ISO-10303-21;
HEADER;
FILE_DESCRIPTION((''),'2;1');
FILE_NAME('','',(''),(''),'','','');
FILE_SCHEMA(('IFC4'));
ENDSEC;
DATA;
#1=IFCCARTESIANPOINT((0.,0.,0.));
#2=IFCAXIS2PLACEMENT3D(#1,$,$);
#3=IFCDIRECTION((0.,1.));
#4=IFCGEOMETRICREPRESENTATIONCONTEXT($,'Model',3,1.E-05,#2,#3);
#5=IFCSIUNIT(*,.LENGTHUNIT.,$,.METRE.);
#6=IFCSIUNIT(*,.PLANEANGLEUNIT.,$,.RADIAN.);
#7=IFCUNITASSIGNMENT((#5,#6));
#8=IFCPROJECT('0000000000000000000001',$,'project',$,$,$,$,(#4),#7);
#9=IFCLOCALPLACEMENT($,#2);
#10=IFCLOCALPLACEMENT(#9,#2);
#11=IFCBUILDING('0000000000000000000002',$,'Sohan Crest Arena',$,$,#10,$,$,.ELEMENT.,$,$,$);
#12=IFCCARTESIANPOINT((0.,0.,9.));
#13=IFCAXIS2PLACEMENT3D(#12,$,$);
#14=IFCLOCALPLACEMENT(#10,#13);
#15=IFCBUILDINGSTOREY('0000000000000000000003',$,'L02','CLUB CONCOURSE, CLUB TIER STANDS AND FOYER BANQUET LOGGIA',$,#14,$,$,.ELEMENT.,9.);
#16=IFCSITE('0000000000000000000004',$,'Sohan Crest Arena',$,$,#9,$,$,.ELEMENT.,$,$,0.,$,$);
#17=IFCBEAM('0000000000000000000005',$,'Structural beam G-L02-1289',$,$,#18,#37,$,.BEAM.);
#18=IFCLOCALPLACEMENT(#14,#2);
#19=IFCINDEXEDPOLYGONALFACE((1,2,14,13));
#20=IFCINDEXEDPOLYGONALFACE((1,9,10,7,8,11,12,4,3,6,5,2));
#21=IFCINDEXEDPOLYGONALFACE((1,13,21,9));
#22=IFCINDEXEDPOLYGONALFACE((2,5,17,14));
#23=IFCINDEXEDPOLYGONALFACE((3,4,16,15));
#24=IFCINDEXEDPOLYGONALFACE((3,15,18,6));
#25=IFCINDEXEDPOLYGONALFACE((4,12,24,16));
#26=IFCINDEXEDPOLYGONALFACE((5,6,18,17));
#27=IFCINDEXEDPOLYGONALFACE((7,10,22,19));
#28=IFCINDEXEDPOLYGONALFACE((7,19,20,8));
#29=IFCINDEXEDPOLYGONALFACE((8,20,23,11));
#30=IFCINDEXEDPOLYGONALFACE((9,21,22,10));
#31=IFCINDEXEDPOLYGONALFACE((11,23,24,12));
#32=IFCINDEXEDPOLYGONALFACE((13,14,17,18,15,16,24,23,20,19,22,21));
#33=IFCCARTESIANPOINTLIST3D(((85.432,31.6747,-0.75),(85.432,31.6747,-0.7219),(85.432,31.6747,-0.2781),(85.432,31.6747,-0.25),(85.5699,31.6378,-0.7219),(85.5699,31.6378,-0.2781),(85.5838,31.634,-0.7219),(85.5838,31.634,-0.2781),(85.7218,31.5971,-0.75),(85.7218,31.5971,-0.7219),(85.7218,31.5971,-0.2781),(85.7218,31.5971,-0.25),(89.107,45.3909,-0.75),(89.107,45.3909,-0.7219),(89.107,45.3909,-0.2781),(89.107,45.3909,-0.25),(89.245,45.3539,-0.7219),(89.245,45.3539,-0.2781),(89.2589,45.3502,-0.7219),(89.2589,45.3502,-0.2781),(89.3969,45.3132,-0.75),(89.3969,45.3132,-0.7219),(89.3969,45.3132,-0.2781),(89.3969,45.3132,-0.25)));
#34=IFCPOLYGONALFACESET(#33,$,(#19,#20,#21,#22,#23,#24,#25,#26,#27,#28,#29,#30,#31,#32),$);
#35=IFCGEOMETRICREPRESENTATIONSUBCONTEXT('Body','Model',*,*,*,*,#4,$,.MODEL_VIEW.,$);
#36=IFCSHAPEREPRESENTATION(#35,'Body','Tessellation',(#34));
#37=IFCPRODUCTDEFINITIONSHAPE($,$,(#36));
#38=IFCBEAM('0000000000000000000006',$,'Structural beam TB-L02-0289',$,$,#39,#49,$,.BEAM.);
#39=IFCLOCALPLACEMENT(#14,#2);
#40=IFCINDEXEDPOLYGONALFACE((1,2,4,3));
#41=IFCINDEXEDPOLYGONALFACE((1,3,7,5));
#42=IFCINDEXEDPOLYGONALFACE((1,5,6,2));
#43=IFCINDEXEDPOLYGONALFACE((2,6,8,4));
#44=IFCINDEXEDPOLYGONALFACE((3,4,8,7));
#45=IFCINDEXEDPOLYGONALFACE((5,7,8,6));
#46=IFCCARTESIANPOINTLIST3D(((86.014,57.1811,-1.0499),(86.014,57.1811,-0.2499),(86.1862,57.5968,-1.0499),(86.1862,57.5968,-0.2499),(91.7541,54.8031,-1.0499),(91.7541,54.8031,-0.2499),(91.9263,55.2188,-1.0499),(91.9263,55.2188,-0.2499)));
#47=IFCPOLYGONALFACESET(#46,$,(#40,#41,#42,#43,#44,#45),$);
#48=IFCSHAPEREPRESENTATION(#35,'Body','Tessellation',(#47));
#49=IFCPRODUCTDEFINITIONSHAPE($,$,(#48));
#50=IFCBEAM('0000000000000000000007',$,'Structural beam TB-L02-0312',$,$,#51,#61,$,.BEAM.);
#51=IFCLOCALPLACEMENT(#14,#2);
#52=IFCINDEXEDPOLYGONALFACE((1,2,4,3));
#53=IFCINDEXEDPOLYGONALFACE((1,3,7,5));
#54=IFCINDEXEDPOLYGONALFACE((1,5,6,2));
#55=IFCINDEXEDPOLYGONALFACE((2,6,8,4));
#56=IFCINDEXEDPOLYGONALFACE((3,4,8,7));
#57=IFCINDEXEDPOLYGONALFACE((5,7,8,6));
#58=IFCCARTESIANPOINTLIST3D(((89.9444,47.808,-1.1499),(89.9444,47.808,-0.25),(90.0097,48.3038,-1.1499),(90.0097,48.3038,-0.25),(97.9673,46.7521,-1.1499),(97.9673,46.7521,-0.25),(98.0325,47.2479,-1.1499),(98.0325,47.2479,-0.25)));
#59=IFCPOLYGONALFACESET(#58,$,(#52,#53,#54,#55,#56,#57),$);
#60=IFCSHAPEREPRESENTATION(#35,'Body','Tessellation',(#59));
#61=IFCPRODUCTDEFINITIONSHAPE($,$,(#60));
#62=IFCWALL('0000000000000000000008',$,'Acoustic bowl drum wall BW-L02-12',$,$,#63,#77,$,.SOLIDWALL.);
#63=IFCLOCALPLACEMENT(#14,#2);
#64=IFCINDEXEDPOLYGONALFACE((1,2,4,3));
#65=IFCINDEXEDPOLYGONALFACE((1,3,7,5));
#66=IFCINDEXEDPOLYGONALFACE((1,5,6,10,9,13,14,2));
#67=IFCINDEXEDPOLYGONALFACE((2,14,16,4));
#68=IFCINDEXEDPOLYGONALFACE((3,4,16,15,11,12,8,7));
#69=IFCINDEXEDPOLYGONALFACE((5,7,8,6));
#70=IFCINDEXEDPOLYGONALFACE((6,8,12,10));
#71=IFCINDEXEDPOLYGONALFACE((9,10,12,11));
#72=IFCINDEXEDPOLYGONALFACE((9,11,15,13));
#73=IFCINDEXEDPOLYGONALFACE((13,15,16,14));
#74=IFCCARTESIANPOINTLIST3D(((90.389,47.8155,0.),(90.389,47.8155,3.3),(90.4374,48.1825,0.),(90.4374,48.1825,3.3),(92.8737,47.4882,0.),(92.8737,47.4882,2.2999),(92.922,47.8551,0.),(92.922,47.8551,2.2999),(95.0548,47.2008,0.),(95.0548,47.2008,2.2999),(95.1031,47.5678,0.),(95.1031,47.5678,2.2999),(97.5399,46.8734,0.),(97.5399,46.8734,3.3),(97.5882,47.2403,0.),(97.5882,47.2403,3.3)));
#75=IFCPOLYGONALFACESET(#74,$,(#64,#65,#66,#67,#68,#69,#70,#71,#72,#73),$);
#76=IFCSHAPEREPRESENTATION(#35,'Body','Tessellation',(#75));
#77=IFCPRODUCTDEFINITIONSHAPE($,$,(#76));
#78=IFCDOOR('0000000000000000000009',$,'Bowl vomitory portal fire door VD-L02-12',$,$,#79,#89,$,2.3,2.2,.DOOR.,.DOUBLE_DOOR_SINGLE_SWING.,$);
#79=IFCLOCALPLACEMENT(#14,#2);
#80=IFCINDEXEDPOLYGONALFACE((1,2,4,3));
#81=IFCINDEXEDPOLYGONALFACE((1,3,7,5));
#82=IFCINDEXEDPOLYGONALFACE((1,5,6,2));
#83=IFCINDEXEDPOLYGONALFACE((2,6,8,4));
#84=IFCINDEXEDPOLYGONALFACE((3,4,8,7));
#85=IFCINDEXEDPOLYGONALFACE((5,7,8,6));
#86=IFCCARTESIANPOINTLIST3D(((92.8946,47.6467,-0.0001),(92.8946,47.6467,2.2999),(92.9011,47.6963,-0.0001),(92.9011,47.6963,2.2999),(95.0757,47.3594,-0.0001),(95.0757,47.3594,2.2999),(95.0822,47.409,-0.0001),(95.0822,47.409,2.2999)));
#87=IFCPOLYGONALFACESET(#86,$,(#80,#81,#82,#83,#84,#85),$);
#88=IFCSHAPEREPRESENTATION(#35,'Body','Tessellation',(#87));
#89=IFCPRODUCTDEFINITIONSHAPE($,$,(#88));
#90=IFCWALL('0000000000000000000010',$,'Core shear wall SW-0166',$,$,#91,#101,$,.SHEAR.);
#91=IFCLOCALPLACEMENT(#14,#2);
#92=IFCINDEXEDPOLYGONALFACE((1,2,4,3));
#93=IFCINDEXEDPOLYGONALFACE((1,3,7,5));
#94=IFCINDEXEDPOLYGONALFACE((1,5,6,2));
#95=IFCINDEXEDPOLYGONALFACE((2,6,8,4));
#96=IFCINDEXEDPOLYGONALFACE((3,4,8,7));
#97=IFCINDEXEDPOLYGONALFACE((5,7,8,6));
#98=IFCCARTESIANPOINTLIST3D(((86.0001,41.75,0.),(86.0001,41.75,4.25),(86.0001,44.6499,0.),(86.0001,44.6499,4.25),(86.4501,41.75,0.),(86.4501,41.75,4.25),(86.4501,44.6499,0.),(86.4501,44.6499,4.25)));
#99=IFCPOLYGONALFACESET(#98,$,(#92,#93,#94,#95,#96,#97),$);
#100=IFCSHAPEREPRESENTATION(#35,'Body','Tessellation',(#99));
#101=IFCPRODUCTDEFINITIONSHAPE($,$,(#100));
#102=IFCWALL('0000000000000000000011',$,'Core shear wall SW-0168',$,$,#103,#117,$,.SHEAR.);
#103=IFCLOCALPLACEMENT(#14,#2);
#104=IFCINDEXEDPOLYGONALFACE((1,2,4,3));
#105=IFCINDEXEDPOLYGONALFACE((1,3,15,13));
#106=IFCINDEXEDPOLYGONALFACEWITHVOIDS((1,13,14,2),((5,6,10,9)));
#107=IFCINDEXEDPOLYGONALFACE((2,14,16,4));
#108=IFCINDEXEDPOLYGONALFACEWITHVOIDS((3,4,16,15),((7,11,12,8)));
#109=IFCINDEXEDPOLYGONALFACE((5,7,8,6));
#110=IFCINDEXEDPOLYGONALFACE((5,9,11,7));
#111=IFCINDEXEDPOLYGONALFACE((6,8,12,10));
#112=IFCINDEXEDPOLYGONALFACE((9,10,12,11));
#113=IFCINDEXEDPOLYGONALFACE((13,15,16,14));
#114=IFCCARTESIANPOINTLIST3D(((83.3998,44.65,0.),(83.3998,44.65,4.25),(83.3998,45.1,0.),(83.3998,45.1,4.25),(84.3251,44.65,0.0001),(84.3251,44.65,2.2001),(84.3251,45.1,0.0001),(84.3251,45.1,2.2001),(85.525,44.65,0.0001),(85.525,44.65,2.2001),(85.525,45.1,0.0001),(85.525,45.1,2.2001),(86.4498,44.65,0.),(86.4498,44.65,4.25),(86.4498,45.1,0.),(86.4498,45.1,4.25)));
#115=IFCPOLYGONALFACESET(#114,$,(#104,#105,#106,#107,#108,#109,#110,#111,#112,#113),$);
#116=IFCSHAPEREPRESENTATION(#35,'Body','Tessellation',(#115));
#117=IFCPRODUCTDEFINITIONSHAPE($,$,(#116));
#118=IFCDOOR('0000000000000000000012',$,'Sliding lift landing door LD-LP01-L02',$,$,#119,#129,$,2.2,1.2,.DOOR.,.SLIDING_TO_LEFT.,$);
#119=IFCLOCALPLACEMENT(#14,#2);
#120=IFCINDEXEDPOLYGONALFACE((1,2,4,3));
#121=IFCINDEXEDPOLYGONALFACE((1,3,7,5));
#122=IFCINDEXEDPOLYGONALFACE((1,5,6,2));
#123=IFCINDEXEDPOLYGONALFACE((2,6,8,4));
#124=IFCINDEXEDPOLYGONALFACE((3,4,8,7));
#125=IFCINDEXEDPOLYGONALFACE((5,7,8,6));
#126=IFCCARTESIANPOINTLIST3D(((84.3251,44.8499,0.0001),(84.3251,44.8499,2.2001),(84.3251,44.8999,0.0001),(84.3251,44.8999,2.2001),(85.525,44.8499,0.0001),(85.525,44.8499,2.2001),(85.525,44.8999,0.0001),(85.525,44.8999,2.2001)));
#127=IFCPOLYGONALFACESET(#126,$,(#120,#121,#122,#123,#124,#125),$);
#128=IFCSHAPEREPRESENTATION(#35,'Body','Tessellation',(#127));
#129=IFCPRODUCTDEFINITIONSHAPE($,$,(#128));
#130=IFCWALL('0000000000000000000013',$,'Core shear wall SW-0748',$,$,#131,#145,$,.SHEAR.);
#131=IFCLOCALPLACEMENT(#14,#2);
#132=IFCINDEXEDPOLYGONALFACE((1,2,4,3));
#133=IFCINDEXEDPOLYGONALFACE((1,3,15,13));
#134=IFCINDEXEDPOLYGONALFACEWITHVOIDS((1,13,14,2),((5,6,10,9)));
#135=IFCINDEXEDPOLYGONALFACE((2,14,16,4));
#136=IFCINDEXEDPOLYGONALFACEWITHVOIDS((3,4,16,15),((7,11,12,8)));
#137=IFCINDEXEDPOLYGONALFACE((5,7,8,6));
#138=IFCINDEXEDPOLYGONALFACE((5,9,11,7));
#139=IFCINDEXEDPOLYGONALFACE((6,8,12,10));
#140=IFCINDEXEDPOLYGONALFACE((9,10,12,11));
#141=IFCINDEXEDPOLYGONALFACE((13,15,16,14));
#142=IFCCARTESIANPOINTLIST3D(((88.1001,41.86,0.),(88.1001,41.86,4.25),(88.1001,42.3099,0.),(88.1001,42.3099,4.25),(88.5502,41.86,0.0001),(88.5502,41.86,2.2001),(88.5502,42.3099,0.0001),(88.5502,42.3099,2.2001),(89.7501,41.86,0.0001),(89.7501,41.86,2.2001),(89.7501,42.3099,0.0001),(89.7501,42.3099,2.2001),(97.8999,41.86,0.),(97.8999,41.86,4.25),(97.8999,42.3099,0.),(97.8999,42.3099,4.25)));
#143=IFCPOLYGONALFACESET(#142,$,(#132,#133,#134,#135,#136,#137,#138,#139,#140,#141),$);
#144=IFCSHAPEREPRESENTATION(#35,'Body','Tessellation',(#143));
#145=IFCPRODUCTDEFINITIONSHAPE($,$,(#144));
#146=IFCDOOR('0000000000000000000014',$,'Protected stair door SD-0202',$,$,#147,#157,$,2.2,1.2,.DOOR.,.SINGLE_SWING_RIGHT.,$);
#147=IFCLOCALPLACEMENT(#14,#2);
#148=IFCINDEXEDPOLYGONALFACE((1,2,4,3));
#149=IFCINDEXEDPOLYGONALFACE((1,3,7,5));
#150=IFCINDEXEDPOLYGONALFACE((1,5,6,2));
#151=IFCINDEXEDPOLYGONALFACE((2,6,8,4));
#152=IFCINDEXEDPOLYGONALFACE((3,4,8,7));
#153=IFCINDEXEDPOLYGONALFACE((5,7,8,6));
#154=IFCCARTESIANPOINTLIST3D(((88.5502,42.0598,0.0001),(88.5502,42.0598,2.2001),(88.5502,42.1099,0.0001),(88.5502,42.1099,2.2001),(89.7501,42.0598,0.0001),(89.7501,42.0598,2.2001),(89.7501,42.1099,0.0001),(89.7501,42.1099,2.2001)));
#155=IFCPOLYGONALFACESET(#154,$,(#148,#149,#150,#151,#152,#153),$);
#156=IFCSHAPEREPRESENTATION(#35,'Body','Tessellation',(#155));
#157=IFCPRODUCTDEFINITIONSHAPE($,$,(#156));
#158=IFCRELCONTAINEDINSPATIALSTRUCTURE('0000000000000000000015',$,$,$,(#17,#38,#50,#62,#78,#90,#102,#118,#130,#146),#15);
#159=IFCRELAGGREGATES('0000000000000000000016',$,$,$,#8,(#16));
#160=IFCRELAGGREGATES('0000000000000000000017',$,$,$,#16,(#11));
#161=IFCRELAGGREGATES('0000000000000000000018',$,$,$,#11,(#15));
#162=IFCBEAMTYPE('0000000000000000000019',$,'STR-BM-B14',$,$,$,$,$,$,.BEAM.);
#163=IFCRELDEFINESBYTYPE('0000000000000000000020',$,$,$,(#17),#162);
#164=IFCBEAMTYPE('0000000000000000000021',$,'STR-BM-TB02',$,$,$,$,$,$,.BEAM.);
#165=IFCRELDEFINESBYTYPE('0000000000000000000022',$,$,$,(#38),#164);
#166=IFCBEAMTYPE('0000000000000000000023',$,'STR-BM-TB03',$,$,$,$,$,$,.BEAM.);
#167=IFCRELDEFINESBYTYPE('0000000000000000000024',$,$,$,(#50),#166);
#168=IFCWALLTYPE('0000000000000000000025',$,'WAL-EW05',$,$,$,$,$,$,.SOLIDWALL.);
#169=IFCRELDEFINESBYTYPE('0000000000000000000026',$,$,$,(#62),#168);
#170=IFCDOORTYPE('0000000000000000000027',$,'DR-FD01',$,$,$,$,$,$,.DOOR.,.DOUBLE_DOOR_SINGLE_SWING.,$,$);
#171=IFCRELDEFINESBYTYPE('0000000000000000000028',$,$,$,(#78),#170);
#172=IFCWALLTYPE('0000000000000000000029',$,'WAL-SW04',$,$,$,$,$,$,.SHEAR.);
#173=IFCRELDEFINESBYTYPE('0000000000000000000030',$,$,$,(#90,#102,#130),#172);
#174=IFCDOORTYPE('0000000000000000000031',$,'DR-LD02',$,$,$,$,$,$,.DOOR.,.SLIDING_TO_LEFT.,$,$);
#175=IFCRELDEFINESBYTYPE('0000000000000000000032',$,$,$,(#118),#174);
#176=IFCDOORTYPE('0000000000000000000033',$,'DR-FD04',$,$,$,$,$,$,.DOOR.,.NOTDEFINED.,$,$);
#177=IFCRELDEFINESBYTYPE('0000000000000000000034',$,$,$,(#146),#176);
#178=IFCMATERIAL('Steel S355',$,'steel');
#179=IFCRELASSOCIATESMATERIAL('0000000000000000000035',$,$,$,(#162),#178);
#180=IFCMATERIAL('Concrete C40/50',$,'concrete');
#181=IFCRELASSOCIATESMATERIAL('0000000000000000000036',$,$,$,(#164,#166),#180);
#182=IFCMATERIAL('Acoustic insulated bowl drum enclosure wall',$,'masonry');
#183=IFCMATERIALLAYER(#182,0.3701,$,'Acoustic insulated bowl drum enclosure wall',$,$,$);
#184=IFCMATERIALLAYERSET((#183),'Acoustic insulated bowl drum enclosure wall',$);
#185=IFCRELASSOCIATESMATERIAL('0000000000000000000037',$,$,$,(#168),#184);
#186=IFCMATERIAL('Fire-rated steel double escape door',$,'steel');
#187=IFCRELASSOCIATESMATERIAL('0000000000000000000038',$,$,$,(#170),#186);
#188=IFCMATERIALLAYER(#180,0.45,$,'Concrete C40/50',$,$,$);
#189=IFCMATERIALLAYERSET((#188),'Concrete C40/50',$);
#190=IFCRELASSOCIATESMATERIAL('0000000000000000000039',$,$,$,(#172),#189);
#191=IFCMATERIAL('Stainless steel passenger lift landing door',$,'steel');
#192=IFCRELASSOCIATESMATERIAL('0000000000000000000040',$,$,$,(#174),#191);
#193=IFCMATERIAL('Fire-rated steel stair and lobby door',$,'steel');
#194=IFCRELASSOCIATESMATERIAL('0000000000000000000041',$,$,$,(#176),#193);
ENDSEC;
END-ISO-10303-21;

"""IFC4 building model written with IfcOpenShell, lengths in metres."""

from ifc_helpers import new_model, si_unit, direction, frame, frame_2d, origin, origin_2d, place, context, subcontext, project, spatial, rectangle, i_section, extrude, material, layer, layer_set, material_profile, profile_set, type_object, element, fill, save


model = new_model("IFC4")

# Units and contexts
model_context = context("Model", 3, precision=1e-05, world=origin(), true_north=direction((0.0, 1.0)))
body_context = subcontext(model_context, "Body", "Model", "MODEL_VIEW")
ifc_project = project(units=[si_unit("LENGTHUNIT", "METRE"), si_unit("PLANEANGLEUNIT", "RADIAN")], contexts=[model_context])

# Site, building, storey
site_placement = place(None, origin())
site = spatial("IfcSite", under=ifc_project, at=site_placement, Name="Sohan Crest Arena", CompositionType="ELEMENT", RefElevation=0.0)
building_placement = place(site_placement, origin())
building = spatial("IfcBuilding", under=site, at=building_placement, Name="Sohan Crest Arena", CompositionType="ELEMENT")
storey_placement = place(building_placement, frame((0.0, 0.0, 9.0)))
storey = spatial("IfcBuildingStorey", under=building, at=storey_placement, Name="L02", Description="CLUB CONCOURSE, CLUB TIER STANDS AND FOYER BANQUET LOGGIA", CompositionType="ELEMENT", Elevation=9.0)

# Shared definitions
ifc_material_1 = material(Name="Concrete C40/50", Category="concrete")
ifc_material_2 = material(Name="Steel S355", Category="steel")

# Beams
ifc_material_profile_1 = material_profile(ifc_material_2, i_section(OverallWidth=0.3, OverallDepth=0.5, WebThickness=0.0144, FlangeThickness=0.0281, at=origin_2d()), Name="HEB 500")
ifc_profile_set_1 = profile_set([ifc_material_profile_1], Name="Steel S355")
beam_type_1 = type_object("IfcBeamType", Name="STR-BM-B14", PredefinedType="BEAM", material=ifc_profile_set_1)
beam_1_placement = place(storey_placement, frame((89.252, 45.3521, -0.5), z_axis=(-0.258809, -0.965929, 0.0), x_axis=(0.965929, -0.258809, 0.0)))
element("IfcBeam", 1, at=beam_1_placement, inside=storey, type_object=beam_type_1, Name="Structural beam G-L02-1289", PredefinedType="BEAM", context=body_context, shape_type="SweptSolid", body=[
    extrude(i_section(OverallWidth=0.3, OverallDepth=0.5, WebThickness=0.0144, FlangeThickness=0.0281, at=origin_2d()), origin(), (0.0, 0.0, 1.0), 14.2),
])
ifc_material_profile_2 = material_profile(ifc_material_1, rectangle(XDim=0.45, YDim=0.8, at=origin_2d()), Name="RC-BM 450x800")
ifc_profile_set_2 = profile_set([ifc_material_profile_2], Name="Concrete C40/50")
beam_type_2 = type_object("IfcBeamType", Name="STR-BM-TB02", PredefinedType="BEAM", material=ifc_profile_set_2)
beam_2_placement = place(storey_placement, frame((86.1001, 57.3889, -0.6499), z_axis=(0.92386, -0.382731, 0.0), x_axis=(0.382731, 0.92386, 0.0)))
element("IfcBeam", 2, at=beam_2_placement, inside=storey, type_object=beam_type_2, Name="Structural beam TB-L02-0289", PredefinedType="BEAM", context=body_context, shape_type="SweptSolid", body=[
    extrude(rectangle(XDim=0.45, YDim=0.8, at=origin_2d()), origin(), (0.0, 0.0, 1.0), 6.2131),
])
ifc_material_profile_3 = material_profile(ifc_material_1, rectangle(XDim=0.5, YDim=0.8999, at=origin_2d()), Name="RC-BM 500x900")
ifc_profile_set_3 = profile_set([ifc_material_profile_3], Name="Concrete C40/50")
beam_type_3 = type_object("IfcBeamType", Name="STR-BM-TB03", PredefinedType="BEAM", material=ifc_profile_set_3)
beam_3_placement = place(storey_placement, frame((89.9771, 48.0559, -0.7), z_axis=(0.99145, -0.130486, 0.0), x_axis=(0.130486, 0.99145, 0.0)))
element("IfcBeam", 3, at=beam_3_placement, inside=storey, type_object=beam_type_3, Name="Structural beam TB-L02-0312", PredefinedType="BEAM", context=body_context, shape_type="SweptSolid", body=[
    extrude(rectangle(XDim=0.5, YDim=0.8999, at=origin_2d()), origin(), (0.0, 0.0, 1.0), 8.092),
])

# Wall, opening, door
ifc_material_3 = material(Name="Acoustic insulated bowl drum enclosure wall", Category="masonry")
ifc_layer_1 = layer(ifc_material_3, 0.3701, Name="Acoustic insulated bowl drum enclosure wall")
ifc_layer_set_1 = layer_set([ifc_layer_1], Name="Acoustic insulated bowl drum enclosure wall")
wall_type_1 = type_object("IfcWallType", Name="WAL-EW05", PredefinedType="SOLIDWALL", material=ifc_layer_set_1)
wall_1_placement = place(storey_placement, frame((90.4131, 47.999, 0.0), z_axis=(0.0, 0.0, 1.0), x_axis=(0.991432, -0.130623, 0.0)))
wall_1 = element("IfcWall", 4, at=wall_1_placement, inside=storey, type_object=wall_type_1, Name="Acoustic bowl drum wall BW-L02-12", PredefinedType="SOLIDWALL", context=body_context, shape_type="SweptSolid", body=[
    extrude(rectangle(XDim=7.2126, YDim=0.3701, at=frame_2d((3.6064, 0.0))), origin(), (0.0, 0.0, 1.0), 3.3),
])
opening_1_placement = place(wall_1_placement, frame((2.5061, 0.0, 0.0)))
opening_1 = element("IfcOpeningElement", 5, at=opening_1_placement, cuts=wall_1, PredefinedType="OPENING", context=body_context, shape_type="SweptSolid", body=[
    extrude(rectangle(XDim=2.2, YDim=2.3, at=frame_2d((1.1001, 1.1499))), frame((0.0, 0.1951, 0.0), z_axis=(0.0, -1.0, 0.0), x_axis=(1.0, 0.0, 0.0)), (0.0, 0.0, 1.0), 0.3901),
])
ifc_material_4 = material(Name="Fire-rated steel double escape door", Category="steel")
door_type_1 = type_object("IfcDoorType", Name="DR-FD01", OperationType="DOUBLE_DOOR_SINGLE_SWING", PredefinedType="DOOR", material=ifc_material_4)
door_1_placement = place(opening_1_placement, origin())
door_1 = element("IfcDoor", 6, at=door_1_placement, inside=storey, type_object=door_type_1, Name="Bowl vomitory portal fire door VD-L02-12", OperationType="DOUBLE_DOOR_SINGLE_SWING", OverallHeight=2.3, OverallWidth=2.2, PredefinedType="DOOR", context=body_context, shape_type="SweptSolid", body=[
    extrude(rectangle(XDim=2.2, YDim=2.3, at=frame_2d((1.1001, 1.1499))), frame((0.0, 0.0249, 0.0), z_axis=(0.0, -1.0, 0.0), x_axis=(1.0, 0.0, 0.0)), (0.0, 0.0, 1.0), 0.05),
])
fill(opening_1, door_1)

# Wall
ifc_layer_2 = layer(ifc_material_1, 0.45, Name="Concrete C40/50")
ifc_layer_set_2 = layer_set([ifc_layer_2], Name="Concrete C40/50")
wall_type_2 = type_object("IfcWallType", Name="WAL-SW04", PredefinedType="SHEAR", material=ifc_layer_set_2)
wall_2_placement = place(storey_placement, frame((86.2251, 41.75, 0.0), z_axis=(0.0, 0.0, 1.0), x_axis=(0.0, 1.0, 0.0)))
element("IfcWall", 7, at=wall_2_placement, inside=storey, type_object=wall_type_2, Name="Core shear wall SW-0166", PredefinedType="SHEAR", context=body_context, shape_type="SweptSolid", body=[
    extrude(rectangle(XDim=2.8999, YDim=0.45, at=frame_2d((1.45, 0.0))), origin(), (0.0, 0.0, 1.0), 4.25),
])

# Walls, openings, doors
wall_3_placement = place(storey_placement, frame((83.3999, 44.875, 0.0), z_axis=(0.0, 0.0, 1.0), x_axis=(1.0, 0.0, 0.0)))
wall_3 = element("IfcWall", 8, at=wall_3_placement, inside=storey, type_object=wall_type_2, Name="Core shear wall SW-0168", PredefinedType="SHEAR", context=body_context, shape_type="SweptSolid", body=[
    extrude(rectangle(XDim=3.05, YDim=0.45, at=frame_2d((1.5249, 0.0))), origin(), (0.0, 0.0, 1.0), 4.25),
])
opening_2_placement = place(wall_3_placement, frame((0.925, 0.0, 0.0)))
opening_2 = element("IfcOpeningElement", 9, at=opening_2_placement, cuts=wall_3, PredefinedType="OPENING", context=body_context, shape_type="SweptSolid", body=[
    extrude(rectangle(XDim=1.2, YDim=2.2, at=frame_2d((0.6001, 1.1001))), frame((0.0, 0.2349, 0.0), z_axis=(0.0, -1.0, 0.0), x_axis=(1.0, 0.0, 0.0)), (0.0, 0.0, 1.0), 0.47),
])
ifc_material_5 = material(Name="Stainless steel passenger lift landing door", Category="steel")
door_type_2 = type_object("IfcDoorType", Name="DR-LD02", OperationType="SLIDING_TO_LEFT", PredefinedType="DOOR", material=ifc_material_5)
door_2_placement = place(opening_2_placement, origin())
door_2 = element("IfcDoor", 10, at=door_2_placement, inside=storey, type_object=door_type_2, Name="Sliding lift landing door LD-LP01-L02", OperationType="SLIDING_TO_LEFT", OverallHeight=2.2, OverallWidth=1.2, PredefinedType="DOOR", context=body_context, shape_type="SweptSolid", body=[
    extrude(rectangle(XDim=1.2, YDim=2.2, at=frame_2d((0.6001, 1.1001))), frame((0.0, 0.0249, 0.0), z_axis=(0.0, -1.0, 0.0), x_axis=(1.0, 0.0, 0.0)), (0.0, 0.0, 1.0), 0.05),
])
fill(opening_2, door_2)
wall_4_placement = place(storey_placement, frame((88.1001, 42.085, 0.0), z_axis=(0.0, 0.0, 1.0), x_axis=(1.0, 0.0, 0.0)))
wall_4 = element("IfcWall", 11, at=wall_4_placement, inside=storey, type_object=wall_type_2, Name="Core shear wall SW-0748", PredefinedType="SHEAR", context=body_context, shape_type="SweptSolid", body=[
    extrude(rectangle(XDim=9.7998, YDim=0.45, at=frame_2d((4.8999, 0.0))), origin(), (0.0, 0.0, 1.0), 4.25),
])
opening_3_placement = place(wall_4_placement, frame((0.45, 0.0, 0.0)))
opening_3 = element("IfcOpeningElement", 12, at=opening_3_placement, cuts=wall_4, PredefinedType="OPENING", context=body_context, shape_type="SweptSolid", body=[
    extrude(rectangle(XDim=1.2, YDim=2.2, at=frame_2d((0.6001, 1.1001))), frame((0.0, 0.2349, 0.0), z_axis=(0.0, -1.0, 0.0), x_axis=(1.0, 0.0, 0.0)), (0.0, 0.0, 1.0), 0.47),
])
ifc_material_6 = material(Name="Fire-rated steel stair and lobby door", Category="steel")
door_type_3 = type_object("IfcDoorType", Name="DR-FD04", OperationType="NOTDEFINED", PredefinedType="DOOR", material=ifc_material_6)
door_3_placement = place(opening_3_placement, origin())
door_3 = element("IfcDoor", 13, at=door_3_placement, inside=storey, type_object=door_type_3, Name="Protected stair door SD-0202", OperationType="SINGLE_SWING_RIGHT", OverallHeight=2.2, OverallWidth=1.2, PredefinedType="DOOR", context=body_context, shape_type="SweptSolid", body=[
    extrude(rectangle(XDim=1.2, YDim=2.2, at=frame_2d((0.6001, 1.1001))), frame((0.0, 0.0249, 0.0), z_axis=(0.0, -1.0, 0.0), x_axis=(1.0, 0.0, 0.0)), (0.0, 0.0, 1.0), 0.05),
])
fill(opening_3, door_3)

save(model, "model.ifc")
